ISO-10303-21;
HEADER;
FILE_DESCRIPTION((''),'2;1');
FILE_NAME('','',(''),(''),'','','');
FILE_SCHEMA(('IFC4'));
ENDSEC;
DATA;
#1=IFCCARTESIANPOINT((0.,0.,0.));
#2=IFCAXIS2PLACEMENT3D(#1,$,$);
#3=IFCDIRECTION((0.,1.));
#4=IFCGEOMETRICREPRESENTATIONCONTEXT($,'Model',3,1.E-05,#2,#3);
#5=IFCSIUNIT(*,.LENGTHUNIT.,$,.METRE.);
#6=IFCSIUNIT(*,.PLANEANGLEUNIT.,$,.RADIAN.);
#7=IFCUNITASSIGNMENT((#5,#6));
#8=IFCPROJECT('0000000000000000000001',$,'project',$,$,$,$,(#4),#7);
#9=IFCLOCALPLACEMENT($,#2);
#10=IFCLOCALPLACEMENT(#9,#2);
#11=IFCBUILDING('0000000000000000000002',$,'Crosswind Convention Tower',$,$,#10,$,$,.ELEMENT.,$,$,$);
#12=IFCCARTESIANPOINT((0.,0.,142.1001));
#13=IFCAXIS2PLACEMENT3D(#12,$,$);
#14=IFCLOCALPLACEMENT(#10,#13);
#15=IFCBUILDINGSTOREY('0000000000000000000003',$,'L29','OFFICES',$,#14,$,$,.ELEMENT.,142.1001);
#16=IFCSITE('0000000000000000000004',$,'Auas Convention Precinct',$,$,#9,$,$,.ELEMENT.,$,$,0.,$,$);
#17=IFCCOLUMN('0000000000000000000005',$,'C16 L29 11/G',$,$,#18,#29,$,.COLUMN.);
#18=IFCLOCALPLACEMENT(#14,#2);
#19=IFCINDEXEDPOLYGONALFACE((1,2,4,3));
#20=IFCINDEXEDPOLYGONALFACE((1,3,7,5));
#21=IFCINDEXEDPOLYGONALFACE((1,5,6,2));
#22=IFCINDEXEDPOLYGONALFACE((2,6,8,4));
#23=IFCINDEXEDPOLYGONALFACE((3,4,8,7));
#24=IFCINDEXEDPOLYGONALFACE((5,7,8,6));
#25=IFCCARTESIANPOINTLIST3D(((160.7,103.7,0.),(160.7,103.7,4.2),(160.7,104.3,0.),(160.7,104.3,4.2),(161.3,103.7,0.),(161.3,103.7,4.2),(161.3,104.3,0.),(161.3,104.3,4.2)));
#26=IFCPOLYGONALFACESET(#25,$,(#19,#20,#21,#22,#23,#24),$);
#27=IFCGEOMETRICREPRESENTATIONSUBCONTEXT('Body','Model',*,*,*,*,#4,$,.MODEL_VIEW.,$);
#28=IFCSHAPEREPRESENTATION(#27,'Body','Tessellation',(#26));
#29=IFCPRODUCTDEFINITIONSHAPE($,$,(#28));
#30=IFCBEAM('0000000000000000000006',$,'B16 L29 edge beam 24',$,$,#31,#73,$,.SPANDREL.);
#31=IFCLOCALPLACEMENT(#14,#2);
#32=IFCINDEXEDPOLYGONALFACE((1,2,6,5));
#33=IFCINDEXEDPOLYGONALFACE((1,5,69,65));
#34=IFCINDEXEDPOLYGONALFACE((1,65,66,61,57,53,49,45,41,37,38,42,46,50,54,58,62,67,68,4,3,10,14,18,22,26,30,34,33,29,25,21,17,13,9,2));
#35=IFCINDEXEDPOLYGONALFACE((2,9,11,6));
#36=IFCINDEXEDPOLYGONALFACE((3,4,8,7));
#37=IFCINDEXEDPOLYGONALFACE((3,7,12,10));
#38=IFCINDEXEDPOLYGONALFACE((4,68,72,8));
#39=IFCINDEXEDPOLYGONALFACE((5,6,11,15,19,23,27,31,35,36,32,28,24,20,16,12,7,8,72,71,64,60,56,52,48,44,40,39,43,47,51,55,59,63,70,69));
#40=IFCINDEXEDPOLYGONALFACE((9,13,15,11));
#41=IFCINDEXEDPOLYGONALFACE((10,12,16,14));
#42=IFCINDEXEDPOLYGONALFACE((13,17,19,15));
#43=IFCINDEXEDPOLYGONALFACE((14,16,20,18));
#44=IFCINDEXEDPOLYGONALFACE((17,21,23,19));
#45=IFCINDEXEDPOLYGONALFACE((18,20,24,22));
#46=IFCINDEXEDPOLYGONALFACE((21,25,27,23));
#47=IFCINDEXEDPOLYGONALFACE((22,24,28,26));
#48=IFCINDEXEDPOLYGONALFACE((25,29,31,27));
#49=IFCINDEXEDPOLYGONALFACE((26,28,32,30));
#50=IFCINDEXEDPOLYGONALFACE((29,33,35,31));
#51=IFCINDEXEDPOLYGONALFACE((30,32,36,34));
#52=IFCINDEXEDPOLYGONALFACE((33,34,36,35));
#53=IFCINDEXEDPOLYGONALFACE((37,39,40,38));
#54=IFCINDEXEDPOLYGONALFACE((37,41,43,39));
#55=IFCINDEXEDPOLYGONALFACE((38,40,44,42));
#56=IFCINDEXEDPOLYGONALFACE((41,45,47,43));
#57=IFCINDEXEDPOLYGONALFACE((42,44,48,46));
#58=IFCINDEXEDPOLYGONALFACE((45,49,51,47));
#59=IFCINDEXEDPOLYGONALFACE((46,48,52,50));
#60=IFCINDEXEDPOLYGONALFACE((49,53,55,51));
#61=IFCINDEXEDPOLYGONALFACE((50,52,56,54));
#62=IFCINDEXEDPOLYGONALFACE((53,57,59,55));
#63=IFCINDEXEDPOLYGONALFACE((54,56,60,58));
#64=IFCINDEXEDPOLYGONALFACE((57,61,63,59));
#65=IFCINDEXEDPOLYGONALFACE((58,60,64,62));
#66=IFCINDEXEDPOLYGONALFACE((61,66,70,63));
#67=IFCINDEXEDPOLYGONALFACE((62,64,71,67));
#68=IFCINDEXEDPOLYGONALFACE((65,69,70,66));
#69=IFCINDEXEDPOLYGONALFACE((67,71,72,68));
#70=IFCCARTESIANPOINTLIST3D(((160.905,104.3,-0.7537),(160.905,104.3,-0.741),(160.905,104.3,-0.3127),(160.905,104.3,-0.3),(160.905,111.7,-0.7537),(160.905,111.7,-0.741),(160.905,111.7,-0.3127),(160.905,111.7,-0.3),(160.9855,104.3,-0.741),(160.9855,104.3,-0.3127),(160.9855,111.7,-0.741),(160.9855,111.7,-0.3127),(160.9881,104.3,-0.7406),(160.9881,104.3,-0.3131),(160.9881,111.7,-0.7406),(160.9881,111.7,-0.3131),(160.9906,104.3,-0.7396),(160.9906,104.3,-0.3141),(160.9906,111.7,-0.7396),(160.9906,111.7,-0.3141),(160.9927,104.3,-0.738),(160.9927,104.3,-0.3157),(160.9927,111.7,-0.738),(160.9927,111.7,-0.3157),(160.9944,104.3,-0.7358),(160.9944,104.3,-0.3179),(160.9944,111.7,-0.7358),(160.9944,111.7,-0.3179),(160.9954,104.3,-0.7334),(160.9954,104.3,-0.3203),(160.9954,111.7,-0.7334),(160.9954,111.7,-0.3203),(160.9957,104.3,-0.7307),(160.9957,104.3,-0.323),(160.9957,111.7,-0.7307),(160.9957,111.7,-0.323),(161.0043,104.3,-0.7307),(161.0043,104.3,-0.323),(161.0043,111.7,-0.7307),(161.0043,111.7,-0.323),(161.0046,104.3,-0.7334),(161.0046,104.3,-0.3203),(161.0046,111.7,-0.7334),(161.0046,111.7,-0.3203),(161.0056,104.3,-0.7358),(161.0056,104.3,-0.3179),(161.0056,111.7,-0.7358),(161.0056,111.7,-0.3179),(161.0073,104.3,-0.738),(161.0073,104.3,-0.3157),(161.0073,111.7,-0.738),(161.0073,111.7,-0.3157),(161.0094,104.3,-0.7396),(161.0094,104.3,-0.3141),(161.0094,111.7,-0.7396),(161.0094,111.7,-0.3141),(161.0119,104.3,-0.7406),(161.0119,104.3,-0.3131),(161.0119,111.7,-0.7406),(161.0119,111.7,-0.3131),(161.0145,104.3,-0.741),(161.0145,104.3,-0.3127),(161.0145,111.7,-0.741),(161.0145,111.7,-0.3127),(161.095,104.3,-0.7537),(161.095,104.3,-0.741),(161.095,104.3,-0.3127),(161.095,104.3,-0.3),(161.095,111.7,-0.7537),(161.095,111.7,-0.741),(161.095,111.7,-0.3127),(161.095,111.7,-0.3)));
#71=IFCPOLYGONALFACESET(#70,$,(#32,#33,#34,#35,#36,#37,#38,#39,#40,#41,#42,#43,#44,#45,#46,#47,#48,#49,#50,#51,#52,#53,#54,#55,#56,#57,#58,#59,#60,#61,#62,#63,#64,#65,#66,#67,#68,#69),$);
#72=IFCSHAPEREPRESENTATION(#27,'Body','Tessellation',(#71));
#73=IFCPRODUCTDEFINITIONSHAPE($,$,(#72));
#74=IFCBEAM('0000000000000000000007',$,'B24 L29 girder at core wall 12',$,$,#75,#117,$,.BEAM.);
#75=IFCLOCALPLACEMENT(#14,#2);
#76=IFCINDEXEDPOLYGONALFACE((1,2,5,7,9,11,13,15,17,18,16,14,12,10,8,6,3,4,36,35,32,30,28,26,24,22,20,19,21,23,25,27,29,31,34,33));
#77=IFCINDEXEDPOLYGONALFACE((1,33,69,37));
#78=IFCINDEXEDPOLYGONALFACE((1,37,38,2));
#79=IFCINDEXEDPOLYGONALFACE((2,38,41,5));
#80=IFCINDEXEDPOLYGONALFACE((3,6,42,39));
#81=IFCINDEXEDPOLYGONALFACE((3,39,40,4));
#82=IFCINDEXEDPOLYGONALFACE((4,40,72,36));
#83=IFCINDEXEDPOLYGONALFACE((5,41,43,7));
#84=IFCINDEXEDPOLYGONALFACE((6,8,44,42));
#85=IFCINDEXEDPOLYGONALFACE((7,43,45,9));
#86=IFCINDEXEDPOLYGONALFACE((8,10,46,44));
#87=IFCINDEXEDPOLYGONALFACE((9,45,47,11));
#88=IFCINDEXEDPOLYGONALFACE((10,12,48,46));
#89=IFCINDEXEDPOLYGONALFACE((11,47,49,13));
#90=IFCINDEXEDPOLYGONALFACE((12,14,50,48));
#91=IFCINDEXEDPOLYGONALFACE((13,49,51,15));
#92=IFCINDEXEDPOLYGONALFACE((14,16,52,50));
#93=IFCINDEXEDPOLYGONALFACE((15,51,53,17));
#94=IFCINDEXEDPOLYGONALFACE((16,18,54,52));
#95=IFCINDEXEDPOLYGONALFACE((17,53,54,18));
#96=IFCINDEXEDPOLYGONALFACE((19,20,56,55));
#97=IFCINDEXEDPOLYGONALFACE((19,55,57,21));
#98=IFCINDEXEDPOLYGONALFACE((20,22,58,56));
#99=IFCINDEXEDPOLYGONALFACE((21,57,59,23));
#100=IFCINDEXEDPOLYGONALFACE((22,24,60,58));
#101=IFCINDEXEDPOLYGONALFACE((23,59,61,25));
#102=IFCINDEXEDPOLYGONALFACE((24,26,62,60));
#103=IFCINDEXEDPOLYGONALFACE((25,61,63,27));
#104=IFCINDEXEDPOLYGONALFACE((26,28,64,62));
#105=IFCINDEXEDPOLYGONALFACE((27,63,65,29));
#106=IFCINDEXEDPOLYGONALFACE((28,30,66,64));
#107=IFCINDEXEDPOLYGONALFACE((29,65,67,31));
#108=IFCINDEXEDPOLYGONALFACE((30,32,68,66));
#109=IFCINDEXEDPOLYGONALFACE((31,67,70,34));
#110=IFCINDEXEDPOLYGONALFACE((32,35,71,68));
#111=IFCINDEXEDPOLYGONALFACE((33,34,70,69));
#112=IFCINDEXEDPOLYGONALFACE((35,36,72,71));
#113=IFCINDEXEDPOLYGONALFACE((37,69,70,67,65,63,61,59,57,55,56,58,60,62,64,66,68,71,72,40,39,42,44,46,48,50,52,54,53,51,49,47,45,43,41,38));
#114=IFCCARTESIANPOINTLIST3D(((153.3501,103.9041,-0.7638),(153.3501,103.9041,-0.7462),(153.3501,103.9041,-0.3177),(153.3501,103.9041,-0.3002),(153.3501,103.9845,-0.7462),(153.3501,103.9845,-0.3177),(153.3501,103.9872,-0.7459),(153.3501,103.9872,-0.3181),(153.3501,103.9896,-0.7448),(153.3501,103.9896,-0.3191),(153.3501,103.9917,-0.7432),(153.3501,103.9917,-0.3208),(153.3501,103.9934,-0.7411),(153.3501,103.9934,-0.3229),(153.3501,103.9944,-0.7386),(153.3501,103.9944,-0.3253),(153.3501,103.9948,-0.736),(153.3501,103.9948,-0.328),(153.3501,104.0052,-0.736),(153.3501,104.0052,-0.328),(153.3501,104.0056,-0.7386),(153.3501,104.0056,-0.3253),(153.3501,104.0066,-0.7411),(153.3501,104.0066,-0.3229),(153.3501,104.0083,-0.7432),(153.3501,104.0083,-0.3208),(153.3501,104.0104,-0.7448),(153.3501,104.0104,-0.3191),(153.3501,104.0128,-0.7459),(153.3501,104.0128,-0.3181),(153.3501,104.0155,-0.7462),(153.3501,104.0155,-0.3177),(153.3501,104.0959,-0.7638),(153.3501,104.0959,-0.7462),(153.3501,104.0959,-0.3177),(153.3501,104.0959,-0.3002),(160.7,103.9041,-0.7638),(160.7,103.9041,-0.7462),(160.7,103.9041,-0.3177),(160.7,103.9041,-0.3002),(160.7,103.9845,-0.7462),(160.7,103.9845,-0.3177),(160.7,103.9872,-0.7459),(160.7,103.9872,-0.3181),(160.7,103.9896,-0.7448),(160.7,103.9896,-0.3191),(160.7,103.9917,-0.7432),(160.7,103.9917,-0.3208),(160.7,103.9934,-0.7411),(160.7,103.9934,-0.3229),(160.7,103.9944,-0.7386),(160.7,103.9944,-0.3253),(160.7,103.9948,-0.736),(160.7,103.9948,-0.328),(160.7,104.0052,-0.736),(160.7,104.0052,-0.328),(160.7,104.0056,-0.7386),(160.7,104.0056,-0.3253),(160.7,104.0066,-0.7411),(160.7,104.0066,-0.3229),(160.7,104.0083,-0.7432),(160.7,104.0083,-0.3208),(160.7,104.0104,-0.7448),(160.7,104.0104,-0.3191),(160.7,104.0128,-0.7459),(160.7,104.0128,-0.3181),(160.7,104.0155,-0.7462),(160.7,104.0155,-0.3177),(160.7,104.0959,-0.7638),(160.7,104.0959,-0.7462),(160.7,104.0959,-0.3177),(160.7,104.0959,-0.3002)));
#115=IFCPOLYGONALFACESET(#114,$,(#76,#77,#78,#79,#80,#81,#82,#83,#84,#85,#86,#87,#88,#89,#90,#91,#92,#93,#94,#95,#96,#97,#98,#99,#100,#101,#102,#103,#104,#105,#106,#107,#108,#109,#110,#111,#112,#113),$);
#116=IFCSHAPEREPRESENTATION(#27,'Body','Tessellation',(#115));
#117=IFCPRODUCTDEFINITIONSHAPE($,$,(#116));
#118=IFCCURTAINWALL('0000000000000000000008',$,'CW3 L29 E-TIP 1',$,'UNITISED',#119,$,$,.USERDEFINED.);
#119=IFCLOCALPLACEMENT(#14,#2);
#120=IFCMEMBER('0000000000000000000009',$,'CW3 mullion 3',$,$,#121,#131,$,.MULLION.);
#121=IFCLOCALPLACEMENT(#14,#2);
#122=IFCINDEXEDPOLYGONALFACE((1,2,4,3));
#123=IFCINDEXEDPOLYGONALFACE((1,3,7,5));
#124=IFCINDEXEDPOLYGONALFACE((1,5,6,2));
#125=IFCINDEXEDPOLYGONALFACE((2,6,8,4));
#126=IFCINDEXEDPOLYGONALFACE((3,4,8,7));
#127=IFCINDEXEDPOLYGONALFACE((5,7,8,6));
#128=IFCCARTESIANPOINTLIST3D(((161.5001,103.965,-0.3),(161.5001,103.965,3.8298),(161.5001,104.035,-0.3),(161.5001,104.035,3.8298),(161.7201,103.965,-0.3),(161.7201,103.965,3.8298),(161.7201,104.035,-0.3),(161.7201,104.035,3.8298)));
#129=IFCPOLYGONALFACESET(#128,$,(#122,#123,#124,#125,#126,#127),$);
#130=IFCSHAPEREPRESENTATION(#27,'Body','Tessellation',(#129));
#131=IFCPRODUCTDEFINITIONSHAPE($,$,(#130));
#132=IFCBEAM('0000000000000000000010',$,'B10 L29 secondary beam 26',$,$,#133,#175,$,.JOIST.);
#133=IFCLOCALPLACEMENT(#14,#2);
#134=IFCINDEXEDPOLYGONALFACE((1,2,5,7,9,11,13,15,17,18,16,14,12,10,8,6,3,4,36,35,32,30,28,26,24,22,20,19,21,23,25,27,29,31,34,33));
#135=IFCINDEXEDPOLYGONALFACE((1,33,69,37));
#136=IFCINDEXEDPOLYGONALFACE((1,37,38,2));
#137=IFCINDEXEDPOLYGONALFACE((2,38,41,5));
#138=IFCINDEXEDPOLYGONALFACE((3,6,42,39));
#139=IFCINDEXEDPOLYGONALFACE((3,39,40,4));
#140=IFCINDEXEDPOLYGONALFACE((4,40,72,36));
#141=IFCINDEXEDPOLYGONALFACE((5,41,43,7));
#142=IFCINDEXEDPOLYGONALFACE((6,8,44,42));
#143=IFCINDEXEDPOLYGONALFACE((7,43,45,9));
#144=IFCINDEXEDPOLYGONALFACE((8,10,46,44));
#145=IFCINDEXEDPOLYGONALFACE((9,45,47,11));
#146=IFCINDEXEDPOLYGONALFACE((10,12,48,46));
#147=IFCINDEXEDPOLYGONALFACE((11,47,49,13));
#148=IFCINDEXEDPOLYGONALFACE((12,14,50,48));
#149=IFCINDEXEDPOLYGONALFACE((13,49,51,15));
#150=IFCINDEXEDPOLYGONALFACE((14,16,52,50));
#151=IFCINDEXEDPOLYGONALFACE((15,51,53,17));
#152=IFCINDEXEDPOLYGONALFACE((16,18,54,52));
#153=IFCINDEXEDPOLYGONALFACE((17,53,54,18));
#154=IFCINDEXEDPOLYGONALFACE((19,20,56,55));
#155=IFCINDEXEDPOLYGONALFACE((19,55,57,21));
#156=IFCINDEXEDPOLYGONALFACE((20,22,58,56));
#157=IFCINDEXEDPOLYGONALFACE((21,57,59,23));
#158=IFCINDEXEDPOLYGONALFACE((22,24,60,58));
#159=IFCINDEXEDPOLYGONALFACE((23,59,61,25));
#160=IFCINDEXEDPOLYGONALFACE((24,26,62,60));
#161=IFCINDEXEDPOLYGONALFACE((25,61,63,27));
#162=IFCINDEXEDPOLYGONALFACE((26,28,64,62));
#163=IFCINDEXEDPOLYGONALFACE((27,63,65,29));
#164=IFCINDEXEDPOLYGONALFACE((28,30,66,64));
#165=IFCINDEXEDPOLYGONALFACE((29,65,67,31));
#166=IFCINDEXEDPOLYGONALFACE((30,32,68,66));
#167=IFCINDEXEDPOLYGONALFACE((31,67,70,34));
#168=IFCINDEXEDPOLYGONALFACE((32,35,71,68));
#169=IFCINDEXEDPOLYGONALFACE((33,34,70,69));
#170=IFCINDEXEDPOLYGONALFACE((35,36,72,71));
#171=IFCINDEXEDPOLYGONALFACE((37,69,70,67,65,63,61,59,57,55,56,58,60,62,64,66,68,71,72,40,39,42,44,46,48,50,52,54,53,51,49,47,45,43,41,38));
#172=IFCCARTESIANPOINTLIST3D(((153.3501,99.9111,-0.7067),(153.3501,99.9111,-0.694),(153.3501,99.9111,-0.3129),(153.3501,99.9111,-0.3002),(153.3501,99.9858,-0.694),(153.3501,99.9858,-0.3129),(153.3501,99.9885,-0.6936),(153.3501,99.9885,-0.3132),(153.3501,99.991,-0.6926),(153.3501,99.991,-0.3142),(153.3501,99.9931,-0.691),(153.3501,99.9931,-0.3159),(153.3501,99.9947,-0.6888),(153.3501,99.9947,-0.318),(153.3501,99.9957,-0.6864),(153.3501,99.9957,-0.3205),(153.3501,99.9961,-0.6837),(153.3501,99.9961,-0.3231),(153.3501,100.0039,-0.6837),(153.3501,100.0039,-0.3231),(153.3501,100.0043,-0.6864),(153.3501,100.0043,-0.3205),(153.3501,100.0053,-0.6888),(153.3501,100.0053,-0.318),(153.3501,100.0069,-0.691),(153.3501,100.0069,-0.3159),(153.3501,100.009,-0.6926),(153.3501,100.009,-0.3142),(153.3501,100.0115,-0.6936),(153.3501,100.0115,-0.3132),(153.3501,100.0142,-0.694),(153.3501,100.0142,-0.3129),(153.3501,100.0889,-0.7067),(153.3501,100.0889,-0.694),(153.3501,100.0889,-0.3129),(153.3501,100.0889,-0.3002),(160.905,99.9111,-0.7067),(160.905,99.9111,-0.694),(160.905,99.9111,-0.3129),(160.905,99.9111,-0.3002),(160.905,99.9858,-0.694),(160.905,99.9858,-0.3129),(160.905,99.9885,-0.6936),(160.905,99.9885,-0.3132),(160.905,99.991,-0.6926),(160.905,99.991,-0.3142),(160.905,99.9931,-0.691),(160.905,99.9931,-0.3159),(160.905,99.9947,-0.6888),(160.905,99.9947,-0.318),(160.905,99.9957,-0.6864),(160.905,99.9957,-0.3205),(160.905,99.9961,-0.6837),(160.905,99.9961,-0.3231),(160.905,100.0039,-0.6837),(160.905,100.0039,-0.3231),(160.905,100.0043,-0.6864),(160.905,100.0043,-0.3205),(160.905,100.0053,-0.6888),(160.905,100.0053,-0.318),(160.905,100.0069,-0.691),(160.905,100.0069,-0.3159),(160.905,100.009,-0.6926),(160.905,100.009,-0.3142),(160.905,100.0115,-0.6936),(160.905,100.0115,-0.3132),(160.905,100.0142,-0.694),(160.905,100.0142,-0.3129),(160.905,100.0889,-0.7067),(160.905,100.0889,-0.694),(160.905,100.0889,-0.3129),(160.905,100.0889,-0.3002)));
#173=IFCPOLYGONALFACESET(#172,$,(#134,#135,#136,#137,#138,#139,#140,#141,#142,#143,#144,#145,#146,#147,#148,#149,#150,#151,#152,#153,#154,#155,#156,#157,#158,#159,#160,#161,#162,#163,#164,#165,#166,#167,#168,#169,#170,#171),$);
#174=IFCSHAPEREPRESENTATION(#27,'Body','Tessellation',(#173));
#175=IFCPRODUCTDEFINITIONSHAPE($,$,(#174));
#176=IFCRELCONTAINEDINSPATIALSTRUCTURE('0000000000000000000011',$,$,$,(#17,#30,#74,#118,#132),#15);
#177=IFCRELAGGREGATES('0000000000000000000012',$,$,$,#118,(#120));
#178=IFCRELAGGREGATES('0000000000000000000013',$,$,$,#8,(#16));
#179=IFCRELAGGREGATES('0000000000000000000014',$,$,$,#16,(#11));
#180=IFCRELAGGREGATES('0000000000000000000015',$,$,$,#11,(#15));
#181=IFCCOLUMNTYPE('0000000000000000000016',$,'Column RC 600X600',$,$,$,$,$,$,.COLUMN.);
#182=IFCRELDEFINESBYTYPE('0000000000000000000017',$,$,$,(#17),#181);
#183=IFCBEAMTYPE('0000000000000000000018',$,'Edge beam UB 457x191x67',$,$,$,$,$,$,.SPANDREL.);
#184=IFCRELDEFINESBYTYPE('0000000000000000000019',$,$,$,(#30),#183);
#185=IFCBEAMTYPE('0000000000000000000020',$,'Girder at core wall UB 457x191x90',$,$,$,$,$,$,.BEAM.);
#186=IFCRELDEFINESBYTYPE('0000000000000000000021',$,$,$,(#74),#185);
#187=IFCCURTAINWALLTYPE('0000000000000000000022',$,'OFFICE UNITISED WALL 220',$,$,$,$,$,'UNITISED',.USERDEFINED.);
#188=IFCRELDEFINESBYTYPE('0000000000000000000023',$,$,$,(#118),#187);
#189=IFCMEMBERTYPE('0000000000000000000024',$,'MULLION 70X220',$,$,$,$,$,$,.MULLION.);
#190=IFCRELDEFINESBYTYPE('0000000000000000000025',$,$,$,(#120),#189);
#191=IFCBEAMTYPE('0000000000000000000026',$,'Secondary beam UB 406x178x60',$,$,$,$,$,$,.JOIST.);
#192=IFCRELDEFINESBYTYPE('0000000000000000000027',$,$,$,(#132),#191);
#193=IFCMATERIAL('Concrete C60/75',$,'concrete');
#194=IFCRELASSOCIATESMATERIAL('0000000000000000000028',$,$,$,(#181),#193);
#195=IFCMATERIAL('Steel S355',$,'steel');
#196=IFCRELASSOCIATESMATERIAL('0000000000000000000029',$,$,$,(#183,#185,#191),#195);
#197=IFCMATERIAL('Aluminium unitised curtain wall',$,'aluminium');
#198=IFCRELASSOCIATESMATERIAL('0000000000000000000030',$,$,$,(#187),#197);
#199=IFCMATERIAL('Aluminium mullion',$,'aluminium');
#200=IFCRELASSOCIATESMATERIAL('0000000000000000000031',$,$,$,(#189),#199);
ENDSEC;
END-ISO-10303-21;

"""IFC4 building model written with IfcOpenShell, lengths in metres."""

from ifc_helpers import new_model, si_unit, direction, frame, origin, origin_2d, place, context, subcontext, project, spatial, rectangle, i_section, extrude, material, material_profile, profile_set, type_object, element, aggregate, save


model = new_model("IFC4")

# Units and contexts
model_context = context("Model", 3, precision=1e-05, world=origin(), true_north=direction((0.0, 1.0)))
body_context = subcontext(model_context, "Body", "Model", "MODEL_VIEW")
ifc_project = project(units=[si_unit("LENGTHUNIT", "METRE"), si_unit("PLANEANGLEUNIT", "RADIAN")], contexts=[model_context])

# Site, building, storey
site_placement = place(None, origin())
site = spatial("IfcSite", under=ifc_project, at=site_placement, Name="Auas Convention Precinct", CompositionType="ELEMENT", RefElevation=0.0)
building_placement = place(site_placement, origin())
building = spatial("IfcBuilding", under=site, at=building_placement, Name="Crosswind Convention Tower", CompositionType="ELEMENT")
storey_placement = place(building_placement, frame((0.0, 0.0, 142.1001)))
storey = spatial("IfcBuildingStorey", under=building, at=storey_placement, Name="L29", Description="OFFICES", CompositionType="ELEMENT", Elevation=142.1001)

# Column
ifc_material_1 = material(Name="Concrete C60/75", Category="concrete")
ifc_material_profile_1 = material_profile(ifc_material_1, rectangle(XDim=0.6001, YDim=0.6001, at=origin_2d()), Name="RC 600X600")
ifc_profile_set_1 = profile_set([ifc_material_profile_1], Name="Concrete C60/75")
column_type = type_object("IfcColumnType", Name="Column RC 600X600", PredefinedType="COLUMN", material=ifc_profile_set_1)
column_placement = place(storey_placement, frame((161.0, 104.0, 0.0), z_axis=(0.0, 0.0, 1.0), x_axis=(1.0, 0.0, 0.0)))
element("IfcColumn", 1, at=column_placement, inside=storey, type_object=column_type, Name="C16 L29 11/G", PredefinedType="COLUMN", context=body_context, shape_type="SweptSolid", body=[
    extrude(rectangle(XDim=0.6001, YDim=0.6001, at=origin_2d()), origin(), (0.0, 0.0, 1.0), 4.2),
])

# Beams
ifc_material_2 = material(Name="Steel S355", Category="steel")
ifc_material_profile_2 = material_profile(ifc_material_2, i_section(OverallWidth=0.1899, OverallDepth=0.4536, WebThickness=0.0085, FlangeThickness=0.0127, FilletRadius=0.0103, at=origin_2d()), Name="UB 457x191x67")
ifc_profile_set_2 = profile_set([ifc_material_profile_2], Name="Steel S355")
beam_type_1 = type_object("IfcBeamType", Name="Edge beam UB 457x191x67", PredefinedType="SPANDREL", material=ifc_profile_set_2)
beam_1_placement = place(storey_placement, frame((161.0, 104.3, -0.5269), z_axis=(0.0, 1.0, 0.0), x_axis=(-1.0, 0.0, 0.0)))
element("IfcBeam", 2, at=beam_1_placement, inside=storey, type_object=beam_type_1, Name="B16 L29 edge beam 24", PredefinedType="SPANDREL", context=body_context, shape_type="SweptSolid", body=[
    extrude(i_section(OverallWidth=0.1899, OverallDepth=0.4536, WebThickness=0.0085, FlangeThickness=0.0127, FilletRadius=0.0103, at=origin_2d()), origin(), (0.0, 0.0, 1.0), 7.3999),
])
ifc_material_profile_3 = material_profile(ifc_material_2, i_section(OverallWidth=0.1919, OverallDepth=0.4636, WebThickness=0.0105, FlangeThickness=0.0176, FilletRadius=0.0103, at=origin_2d()), Name="UB 457x191x90")
ifc_profile_set_3 = profile_set([ifc_material_profile_3], Name="Steel S355")
beam_type_2 = type_object("IfcBeamType", Name="Girder at core wall UB 457x191x90", PredefinedType="BEAM", material=ifc_profile_set_3)
beam_2_placement = place(storey_placement, frame((153.3501, 104.0, -0.532), z_axis=(1.0, 0.0, 0.0), x_axis=(0.0, 1.0, 0.0)))
element("IfcBeam", 3, at=beam_2_placement, inside=storey, type_object=beam_type_2, Name="B24 L29 girder at core wall 12", PredefinedType="BEAM", context=body_context, shape_type="SweptSolid", body=[
    extrude(i_section(OverallWidth=0.1919, OverallDepth=0.4636, WebThickness=0.0105, FlangeThickness=0.0176, FilletRadius=0.0103, at=origin_2d()), origin(), (0.0, 0.0, 1.0), 7.3499),
])

# Curtain wall, member
ifc_material_3 = material(Name="Aluminium unitised curtain wall", Category="aluminium")
curtain_wall_type = type_object("IfcCurtainWallType", Name="OFFICE UNITISED WALL 220", ElementType="UNITISED", PredefinedType="USERDEFINED", material=ifc_material_3)
curtain_wall_placement = place(storey_placement, origin())
curtain_wall = element("IfcCurtainWall", 4, at=curtain_wall_placement, inside=storey, type_object=curtain_wall_type, Name="CW3 L29 E-TIP 1", ObjectType="UNITISED", PredefinedType="USERDEFINED")
ifc_material_4 = material(Name="Aluminium mullion", Category="aluminium")
ifc_material_profile_4 = material_profile(ifc_material_4, rectangle(XDim=0.22, YDim=0.0701, at=origin_2d()), Name="AL 220X70")
ifc_profile_set_4 = profile_set([ifc_material_profile_4], Name="Aluminium mullion")
member_type = type_object("IfcMemberType", Name="MULLION 70X220", PredefinedType="MULLION", material=ifc_profile_set_4)
member_placement = place(storey_placement, frame((161.6101, 104.0, -0.3), z_axis=(0.0, 0.0, 1.0), x_axis=(1.0, 0.0, 0.0)))
member = element("IfcMember", 5, at=member_placement, type_object=member_type, Name="CW3 mullion 3", PredefinedType="MULLION", context=body_context, shape_type="SweptSolid", body=[
    extrude(rectangle(XDim=0.22, YDim=0.0701, at=origin_2d()), origin(), (0.0, 0.0, 1.0), 4.1299),
])

# Beam
ifc_material_profile_5 = material_profile(ifc_material_2, i_section(OverallWidth=0.1777, OverallDepth=0.4065, WebThickness=0.0078, FlangeThickness=0.0127, FilletRadius=0.0103, at=origin_2d()), Name="UB 406x178x60")
ifc_profile_set_5 = profile_set([ifc_material_profile_5], Name="Steel S355")
beam_type_3 = type_object("IfcBeamType", Name="Secondary beam UB 406x178x60", PredefinedType="JOIST", material=ifc_profile_set_5)
for number, where, z_axis, x_axis, name in (
    (6, (153.3501, 100.0, -0.5034), (1.0, 0.0, 0.0), (0.0, 1.0, 0.0), "B10 L29 secondary beam 26"),
):
    element("IfcBeam", number, at=place(storey_placement, frame(where, z_axis=z_axis, x_axis=x_axis)), inside=storey, type_object=beam_type_3, Name=name, PredefinedType="JOIST", context=body_context, shape_type="SweptSolid", body=[
        extrude(i_section(OverallWidth=0.1777, OverallDepth=0.4065, WebThickness=0.0078, FlangeThickness=0.0127, FilletRadius=0.0103, at=origin_2d()), origin(), (0.0, 0.0, 1.0), 7.5549),
    ])

aggregate(curtain_wall, [member])

save(model, "model.ifc")
